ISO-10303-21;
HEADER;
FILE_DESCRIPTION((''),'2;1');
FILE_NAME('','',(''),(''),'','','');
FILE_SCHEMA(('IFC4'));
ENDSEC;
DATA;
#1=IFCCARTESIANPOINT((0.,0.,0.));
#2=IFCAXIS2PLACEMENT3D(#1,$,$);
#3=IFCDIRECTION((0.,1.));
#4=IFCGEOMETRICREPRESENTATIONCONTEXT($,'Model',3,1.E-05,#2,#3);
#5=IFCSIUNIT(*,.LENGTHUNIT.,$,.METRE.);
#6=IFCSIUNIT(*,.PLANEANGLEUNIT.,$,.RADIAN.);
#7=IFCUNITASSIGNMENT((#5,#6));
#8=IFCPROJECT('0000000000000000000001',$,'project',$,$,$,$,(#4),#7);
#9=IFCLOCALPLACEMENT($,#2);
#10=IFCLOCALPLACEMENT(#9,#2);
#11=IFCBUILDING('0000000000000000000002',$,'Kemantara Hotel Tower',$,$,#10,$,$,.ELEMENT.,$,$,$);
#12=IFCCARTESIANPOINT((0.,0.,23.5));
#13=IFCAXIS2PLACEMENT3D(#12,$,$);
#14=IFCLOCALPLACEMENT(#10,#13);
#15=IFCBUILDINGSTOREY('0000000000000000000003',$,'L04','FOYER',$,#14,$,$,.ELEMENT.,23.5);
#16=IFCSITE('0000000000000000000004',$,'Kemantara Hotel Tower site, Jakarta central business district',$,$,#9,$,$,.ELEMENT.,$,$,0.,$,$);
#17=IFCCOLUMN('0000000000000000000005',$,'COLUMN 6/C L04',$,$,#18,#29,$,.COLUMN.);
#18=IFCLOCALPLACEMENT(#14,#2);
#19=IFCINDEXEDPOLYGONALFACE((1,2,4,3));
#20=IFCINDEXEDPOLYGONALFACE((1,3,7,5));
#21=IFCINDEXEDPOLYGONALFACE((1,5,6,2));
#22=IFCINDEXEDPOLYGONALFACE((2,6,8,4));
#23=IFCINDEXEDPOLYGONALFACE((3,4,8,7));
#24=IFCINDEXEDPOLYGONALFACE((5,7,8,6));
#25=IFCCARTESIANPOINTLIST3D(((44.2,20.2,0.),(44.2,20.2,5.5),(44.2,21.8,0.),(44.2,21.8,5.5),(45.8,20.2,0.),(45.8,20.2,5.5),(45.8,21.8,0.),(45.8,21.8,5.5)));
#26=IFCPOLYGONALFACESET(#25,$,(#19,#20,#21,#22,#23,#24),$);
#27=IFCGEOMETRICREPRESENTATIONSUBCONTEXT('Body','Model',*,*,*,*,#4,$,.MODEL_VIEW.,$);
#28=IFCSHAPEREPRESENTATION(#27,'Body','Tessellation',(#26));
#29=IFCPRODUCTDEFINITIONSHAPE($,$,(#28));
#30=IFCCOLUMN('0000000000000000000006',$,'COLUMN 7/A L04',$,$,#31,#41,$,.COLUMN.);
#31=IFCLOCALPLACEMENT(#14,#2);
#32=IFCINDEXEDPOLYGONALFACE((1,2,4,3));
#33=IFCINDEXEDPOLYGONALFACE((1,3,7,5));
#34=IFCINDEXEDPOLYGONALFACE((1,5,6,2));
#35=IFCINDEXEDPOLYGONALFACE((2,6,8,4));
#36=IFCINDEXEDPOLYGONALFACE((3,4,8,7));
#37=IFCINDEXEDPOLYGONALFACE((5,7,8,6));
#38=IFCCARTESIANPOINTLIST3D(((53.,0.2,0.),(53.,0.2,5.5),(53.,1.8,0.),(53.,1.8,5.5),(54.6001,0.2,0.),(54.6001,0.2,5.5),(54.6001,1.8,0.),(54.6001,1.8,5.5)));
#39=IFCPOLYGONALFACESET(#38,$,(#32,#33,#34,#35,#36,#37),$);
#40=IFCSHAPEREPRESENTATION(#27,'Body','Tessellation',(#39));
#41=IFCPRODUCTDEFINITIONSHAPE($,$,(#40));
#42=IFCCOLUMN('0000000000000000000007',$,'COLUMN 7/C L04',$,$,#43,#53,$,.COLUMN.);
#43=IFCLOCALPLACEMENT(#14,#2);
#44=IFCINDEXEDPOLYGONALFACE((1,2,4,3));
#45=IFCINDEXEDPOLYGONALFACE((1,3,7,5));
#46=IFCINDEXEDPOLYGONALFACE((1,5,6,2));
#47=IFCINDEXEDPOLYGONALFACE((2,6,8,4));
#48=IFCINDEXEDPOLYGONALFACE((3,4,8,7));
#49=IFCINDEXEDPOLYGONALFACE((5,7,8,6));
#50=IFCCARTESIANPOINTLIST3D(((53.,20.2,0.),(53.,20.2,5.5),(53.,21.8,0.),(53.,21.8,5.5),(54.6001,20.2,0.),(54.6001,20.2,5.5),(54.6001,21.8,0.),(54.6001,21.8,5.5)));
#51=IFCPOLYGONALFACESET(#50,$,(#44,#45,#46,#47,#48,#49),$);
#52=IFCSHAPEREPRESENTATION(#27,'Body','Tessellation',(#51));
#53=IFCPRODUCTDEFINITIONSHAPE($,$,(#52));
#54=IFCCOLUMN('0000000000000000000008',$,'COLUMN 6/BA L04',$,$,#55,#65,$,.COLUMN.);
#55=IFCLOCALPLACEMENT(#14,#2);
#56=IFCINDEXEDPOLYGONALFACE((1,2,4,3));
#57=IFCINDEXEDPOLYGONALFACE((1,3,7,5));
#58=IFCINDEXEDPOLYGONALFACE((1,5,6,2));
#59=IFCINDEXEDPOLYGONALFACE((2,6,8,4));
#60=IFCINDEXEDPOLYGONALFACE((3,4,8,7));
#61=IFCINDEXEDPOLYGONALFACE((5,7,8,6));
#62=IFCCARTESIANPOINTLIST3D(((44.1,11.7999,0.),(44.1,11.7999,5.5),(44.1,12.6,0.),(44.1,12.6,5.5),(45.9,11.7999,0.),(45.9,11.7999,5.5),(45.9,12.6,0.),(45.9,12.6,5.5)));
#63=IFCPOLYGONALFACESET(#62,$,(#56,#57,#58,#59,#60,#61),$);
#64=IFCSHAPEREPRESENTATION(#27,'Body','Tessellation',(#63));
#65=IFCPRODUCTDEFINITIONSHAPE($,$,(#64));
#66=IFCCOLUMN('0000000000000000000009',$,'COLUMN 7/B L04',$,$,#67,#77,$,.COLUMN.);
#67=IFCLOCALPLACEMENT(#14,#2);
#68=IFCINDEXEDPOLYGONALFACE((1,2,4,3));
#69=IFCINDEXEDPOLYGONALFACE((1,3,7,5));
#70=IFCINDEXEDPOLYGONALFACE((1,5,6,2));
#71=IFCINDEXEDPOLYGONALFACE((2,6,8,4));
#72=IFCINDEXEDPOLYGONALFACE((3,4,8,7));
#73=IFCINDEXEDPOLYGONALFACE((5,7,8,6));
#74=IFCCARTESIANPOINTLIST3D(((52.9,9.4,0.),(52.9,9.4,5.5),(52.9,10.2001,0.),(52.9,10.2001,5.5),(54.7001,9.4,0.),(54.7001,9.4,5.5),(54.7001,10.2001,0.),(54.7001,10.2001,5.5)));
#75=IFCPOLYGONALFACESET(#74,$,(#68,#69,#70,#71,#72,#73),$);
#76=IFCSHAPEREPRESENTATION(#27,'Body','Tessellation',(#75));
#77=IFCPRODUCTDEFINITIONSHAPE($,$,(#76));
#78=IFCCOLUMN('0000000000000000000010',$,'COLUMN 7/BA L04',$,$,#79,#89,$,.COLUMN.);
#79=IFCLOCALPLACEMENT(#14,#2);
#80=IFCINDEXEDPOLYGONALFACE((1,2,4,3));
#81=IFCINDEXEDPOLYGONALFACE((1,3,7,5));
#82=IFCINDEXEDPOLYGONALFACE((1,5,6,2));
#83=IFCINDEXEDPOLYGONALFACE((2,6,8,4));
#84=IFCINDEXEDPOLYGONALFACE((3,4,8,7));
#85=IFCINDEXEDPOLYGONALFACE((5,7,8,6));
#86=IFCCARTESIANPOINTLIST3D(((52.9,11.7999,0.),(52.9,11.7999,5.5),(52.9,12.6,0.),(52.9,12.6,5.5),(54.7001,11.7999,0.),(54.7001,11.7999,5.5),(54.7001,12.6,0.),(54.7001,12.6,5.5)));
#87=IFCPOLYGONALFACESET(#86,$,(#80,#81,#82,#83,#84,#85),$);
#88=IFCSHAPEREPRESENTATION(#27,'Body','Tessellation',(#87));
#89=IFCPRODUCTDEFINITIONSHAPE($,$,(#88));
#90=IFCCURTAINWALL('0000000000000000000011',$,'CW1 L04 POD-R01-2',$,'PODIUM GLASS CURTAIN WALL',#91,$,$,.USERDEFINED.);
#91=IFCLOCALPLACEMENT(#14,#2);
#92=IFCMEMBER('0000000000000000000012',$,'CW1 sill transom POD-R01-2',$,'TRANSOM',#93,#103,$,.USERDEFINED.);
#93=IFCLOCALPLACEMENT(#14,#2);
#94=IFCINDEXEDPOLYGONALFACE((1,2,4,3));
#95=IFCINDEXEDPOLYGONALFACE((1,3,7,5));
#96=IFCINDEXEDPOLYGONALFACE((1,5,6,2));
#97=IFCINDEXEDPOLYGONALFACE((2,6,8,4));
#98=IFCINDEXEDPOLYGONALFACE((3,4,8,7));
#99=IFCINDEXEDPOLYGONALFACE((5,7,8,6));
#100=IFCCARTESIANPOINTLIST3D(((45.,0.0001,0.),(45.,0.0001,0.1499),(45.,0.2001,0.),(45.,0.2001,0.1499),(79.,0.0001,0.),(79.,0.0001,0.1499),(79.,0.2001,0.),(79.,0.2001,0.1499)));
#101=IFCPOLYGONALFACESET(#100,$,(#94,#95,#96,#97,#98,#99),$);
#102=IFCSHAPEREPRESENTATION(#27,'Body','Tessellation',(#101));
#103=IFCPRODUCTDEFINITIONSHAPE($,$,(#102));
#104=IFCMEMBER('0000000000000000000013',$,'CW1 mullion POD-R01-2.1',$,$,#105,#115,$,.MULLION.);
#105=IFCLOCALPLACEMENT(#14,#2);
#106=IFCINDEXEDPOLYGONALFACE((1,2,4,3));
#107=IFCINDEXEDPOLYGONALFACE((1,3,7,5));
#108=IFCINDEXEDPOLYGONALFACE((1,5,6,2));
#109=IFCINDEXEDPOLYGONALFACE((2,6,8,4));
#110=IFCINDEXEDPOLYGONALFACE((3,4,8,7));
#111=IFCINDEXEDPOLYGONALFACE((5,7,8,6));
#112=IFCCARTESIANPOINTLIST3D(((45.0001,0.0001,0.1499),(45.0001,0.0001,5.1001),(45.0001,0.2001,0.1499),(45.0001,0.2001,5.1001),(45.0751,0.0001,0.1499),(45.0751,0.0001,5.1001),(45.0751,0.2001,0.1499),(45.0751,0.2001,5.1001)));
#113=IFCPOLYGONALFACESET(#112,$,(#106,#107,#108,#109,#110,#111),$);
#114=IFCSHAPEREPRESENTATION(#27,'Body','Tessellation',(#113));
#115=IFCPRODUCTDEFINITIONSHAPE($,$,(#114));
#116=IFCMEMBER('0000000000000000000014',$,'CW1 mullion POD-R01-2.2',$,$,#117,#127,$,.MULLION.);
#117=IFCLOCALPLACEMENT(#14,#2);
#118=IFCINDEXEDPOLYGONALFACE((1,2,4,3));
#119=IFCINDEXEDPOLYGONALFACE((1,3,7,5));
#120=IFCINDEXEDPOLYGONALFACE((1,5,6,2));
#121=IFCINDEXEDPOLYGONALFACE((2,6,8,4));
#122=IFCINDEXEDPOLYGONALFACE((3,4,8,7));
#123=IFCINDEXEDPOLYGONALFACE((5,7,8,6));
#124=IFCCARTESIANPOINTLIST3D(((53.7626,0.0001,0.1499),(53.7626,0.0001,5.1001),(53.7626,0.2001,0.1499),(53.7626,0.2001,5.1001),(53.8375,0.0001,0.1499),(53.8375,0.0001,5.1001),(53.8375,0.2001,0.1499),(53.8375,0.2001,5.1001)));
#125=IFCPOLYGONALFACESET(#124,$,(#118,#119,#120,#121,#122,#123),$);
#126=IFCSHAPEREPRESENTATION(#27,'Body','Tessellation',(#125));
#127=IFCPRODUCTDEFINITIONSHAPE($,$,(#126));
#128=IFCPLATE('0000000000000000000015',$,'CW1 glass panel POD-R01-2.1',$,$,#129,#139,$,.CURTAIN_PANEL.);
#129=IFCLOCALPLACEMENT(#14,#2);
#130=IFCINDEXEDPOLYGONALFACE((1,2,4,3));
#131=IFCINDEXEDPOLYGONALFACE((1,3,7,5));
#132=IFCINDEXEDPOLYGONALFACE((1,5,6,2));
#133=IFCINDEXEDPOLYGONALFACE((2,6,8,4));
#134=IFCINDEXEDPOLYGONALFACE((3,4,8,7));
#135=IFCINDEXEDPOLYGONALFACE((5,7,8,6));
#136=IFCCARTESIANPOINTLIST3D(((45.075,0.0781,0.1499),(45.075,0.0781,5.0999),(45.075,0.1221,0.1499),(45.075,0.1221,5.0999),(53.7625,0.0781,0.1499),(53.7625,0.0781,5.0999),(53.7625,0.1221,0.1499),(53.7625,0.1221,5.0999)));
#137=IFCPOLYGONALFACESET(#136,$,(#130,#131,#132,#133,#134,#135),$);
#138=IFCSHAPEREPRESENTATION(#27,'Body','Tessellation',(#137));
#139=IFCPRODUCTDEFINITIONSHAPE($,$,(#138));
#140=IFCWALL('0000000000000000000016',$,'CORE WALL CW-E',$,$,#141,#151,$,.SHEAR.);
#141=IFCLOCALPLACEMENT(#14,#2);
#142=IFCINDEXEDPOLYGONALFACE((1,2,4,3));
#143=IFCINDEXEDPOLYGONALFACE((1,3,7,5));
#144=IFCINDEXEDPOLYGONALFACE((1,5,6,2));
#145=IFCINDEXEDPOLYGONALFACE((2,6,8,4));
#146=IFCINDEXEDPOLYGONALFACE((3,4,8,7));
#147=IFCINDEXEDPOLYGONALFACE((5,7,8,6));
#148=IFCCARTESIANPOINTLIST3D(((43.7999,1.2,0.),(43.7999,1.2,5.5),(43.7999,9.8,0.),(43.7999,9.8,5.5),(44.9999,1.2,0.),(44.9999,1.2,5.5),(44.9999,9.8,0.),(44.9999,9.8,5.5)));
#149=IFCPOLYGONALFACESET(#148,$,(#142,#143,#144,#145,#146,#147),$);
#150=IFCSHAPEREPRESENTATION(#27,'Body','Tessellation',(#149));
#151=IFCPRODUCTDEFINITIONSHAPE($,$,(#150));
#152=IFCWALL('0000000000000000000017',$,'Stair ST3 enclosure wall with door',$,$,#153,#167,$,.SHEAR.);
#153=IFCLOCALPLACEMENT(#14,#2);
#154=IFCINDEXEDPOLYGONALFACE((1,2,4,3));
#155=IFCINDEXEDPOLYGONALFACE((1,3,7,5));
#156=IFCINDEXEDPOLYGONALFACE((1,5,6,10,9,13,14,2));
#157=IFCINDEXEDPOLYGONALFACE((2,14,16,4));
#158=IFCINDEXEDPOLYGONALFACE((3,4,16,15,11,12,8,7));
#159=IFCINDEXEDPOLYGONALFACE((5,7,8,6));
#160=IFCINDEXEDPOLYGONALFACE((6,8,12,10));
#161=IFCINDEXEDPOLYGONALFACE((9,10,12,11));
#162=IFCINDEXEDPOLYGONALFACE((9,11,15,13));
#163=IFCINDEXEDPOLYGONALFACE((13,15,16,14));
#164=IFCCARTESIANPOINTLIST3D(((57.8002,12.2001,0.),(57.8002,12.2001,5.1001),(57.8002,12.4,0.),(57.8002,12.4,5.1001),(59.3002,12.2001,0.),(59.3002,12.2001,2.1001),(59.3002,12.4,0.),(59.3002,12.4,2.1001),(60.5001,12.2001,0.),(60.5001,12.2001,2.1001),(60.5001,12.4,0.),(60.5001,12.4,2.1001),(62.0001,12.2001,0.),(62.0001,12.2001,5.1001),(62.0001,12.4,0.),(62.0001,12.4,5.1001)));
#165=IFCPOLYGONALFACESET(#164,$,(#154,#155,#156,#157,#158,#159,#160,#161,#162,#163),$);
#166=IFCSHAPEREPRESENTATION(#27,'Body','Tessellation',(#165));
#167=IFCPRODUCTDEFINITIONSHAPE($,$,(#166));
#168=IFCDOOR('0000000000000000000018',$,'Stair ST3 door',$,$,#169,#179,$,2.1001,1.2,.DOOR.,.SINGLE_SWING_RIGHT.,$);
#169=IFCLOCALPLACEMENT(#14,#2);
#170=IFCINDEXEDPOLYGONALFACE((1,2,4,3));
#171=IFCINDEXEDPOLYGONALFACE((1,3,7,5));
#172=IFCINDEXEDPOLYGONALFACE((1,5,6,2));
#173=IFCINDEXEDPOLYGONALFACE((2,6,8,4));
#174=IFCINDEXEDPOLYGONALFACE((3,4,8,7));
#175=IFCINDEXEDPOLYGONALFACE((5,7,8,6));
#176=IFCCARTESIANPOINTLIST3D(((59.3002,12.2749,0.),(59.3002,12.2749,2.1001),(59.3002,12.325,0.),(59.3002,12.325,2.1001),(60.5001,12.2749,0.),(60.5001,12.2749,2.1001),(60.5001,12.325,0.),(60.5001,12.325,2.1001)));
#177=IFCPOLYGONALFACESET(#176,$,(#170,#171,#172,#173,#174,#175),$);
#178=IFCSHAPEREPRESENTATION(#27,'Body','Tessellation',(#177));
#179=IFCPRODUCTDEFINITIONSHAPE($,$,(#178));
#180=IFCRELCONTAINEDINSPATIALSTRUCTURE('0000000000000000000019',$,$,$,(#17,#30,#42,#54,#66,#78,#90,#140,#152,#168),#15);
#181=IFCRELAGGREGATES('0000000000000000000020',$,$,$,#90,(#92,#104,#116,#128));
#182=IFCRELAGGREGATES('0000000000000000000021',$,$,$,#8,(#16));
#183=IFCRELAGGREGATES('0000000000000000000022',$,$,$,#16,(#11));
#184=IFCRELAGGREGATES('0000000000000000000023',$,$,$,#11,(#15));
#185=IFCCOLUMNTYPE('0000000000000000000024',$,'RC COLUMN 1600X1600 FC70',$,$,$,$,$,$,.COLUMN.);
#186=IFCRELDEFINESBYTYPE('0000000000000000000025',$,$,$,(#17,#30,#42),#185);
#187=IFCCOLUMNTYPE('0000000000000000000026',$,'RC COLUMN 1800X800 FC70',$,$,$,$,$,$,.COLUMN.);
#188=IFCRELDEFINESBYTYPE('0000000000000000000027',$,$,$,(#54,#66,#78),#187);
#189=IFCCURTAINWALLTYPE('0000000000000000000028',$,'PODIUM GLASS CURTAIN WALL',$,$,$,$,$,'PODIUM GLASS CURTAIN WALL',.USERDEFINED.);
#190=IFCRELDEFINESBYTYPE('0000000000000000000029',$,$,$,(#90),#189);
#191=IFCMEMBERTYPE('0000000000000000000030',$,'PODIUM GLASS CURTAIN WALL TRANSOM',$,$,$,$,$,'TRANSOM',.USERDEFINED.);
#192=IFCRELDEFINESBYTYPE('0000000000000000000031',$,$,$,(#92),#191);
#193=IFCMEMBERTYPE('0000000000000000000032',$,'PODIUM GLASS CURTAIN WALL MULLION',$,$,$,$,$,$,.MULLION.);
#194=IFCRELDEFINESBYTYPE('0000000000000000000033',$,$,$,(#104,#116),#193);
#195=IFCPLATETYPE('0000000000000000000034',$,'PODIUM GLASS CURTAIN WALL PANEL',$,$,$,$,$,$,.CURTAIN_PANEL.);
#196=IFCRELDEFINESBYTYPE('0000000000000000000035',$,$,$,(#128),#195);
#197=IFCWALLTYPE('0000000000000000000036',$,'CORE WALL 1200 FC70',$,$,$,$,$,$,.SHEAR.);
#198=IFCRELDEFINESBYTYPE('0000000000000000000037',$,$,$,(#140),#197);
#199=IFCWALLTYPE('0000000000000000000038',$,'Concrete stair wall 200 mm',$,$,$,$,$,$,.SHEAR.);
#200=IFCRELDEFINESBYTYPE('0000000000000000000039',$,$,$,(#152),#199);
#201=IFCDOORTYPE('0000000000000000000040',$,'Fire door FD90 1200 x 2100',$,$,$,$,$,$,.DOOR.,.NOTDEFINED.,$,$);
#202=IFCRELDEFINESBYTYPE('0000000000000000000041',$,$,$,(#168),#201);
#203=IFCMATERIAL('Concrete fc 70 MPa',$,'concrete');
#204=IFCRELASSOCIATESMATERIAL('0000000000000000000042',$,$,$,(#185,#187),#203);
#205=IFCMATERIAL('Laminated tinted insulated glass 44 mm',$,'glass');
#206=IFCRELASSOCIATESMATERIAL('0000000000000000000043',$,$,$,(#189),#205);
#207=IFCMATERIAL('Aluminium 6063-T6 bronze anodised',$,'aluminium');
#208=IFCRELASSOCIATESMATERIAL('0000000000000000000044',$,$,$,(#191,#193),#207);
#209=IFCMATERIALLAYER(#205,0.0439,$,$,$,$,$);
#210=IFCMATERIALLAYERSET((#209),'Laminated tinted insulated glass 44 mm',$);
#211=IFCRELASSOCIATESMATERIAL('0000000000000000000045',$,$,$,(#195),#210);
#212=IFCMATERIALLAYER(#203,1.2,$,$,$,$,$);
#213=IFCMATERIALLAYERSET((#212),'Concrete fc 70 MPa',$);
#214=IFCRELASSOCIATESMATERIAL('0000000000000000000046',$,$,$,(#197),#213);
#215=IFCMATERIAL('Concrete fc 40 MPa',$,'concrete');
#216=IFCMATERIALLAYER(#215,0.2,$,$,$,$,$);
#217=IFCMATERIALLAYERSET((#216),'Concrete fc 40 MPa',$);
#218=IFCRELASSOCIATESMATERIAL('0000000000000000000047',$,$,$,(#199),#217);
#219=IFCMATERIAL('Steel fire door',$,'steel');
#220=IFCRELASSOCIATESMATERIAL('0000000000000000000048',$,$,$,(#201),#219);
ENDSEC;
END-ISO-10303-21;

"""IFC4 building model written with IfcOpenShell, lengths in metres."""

from ifc_helpers import new_model, si_unit, direction, frame, frame_2d, origin, origin_2d, place, context, subcontext, project, spatial, rectangle, extrude, source, transform, mapped, material, layer, layer_set, material_profile, profile_set, type_object, element, fill, aggregate, save


model = new_model("IFC4")

# Units and contexts
model_context = context("Model", 3, precision=1e-05, world=origin(), true_north=direction((0.0, 1.0)))
body_context = subcontext(model_context, "Body", "Model", "MODEL_VIEW")
ifc_project = project(units=[si_unit("LENGTHUNIT", "METRE"), si_unit("PLANEANGLEUNIT", "RADIAN")], contexts=[model_context])

# Site, building, storey
site_placement = place(None, origin())
site = spatial("IfcSite", under=ifc_project, at=site_placement, Name="Kemantara Hotel Tower site, Jakarta central business district", CompositionType="ELEMENT", RefElevation=0.0)
building_placement = place(site_placement, origin())
building = spatial("IfcBuilding", under=site, at=building_placement, Name="Kemantara Hotel Tower", CompositionType="ELEMENT")
storey_placement = place(building_placement, frame((0.0, 0.0, 23.5)))
storey = spatial("IfcBuildingStorey", under=building, at=storey_placement, Name="L04", Description="FOYER", CompositionType="ELEMENT", Elevation=23.5)

# Columns
ifc_material_1 = material(Name="Concrete fc 70 MPa", Category="concrete")
ifc_material_profile_1 = material_profile(ifc_material_1, rectangle(XDim=1.6001, YDim=1.6001, at=origin_2d()), Name="RC 1600X1600")
ifc_profile_set_1 = profile_set([ifc_material_profile_1], Name="Concrete fc 70 MPa")
column_type_1 = type_object("IfcColumnType", Name="RC COLUMN 1600X1600 FC70", PredefinedType="COLUMN", material=ifc_profile_set_1)
for number, where, z_axis, x_axis, name in (
    (1, (45.0, 21.0, 0.0), (0.0, 0.0, 1.0), (1.0, 0.0, 0.0), "COLUMN 6/C L04"),
    (2, (53.8, 1.0, 0.0), (0.0, 0.0, 1.0), (1.0, 0.0, 0.0), "COLUMN 7/A L04"),
    (3, (53.8, 21.0, 0.0), (0.0, 0.0, 1.0), (1.0, 0.0, 0.0), "COLUMN 7/C L04"),
):
    element("IfcColumn", number, at=place(storey_placement, frame(where, z_axis=z_axis, x_axis=x_axis)), inside=storey, type_object=column_type_1, Name=name, PredefinedType="COLUMN", context=body_context, shape_type="SweptSolid", body=[
        extrude(rectangle(XDim=1.6001, YDim=1.6001, at=origin_2d()), origin(), (0.0, 0.0, 1.0), 5.5),
    ])
ifc_material_profile_2 = material_profile(ifc_material_1, rectangle(XDim=1.8, YDim=0.8, at=origin_2d()), Name="RC 1800X800")
ifc_profile_set_2 = profile_set([ifc_material_profile_2], Name="Concrete fc 70 MPa")
column_type_2 = type_object("IfcColumnType", Name="RC COLUMN 1800X800 FC70", PredefinedType="COLUMN", material=ifc_profile_set_2)
for number, where, z_axis, x_axis, name in (
    (4, (45.0, 12.2, 0.0), (0.0, 0.0, 1.0), (1.0, 0.0, 0.0), "COLUMN 6/BA L04"),
    (5, (53.8, 9.8, 0.0), (0.0, 0.0, 1.0), (1.0, 0.0, 0.0), "COLUMN 7/B L04"),
    (6, (53.8, 12.2, 0.0), (0.0, 0.0, 1.0), (1.0, 0.0, 0.0), "COLUMN 7/BA L04"),
):
    element("IfcColumn", number, at=place(storey_placement, frame(where, z_axis=z_axis, x_axis=x_axis)), inside=storey, type_object=column_type_2, Name=name, PredefinedType="COLUMN", context=body_context, shape_type="SweptSolid", body=[
        extrude(rectangle(XDim=1.8, YDim=0.8, at=origin_2d()), origin(), (0.0, 0.0, 1.0), 5.5),
    ])

# Curtain wall, members, plate
ifc_material_2 = material(Name="Laminated tinted insulated glass 44 mm", Category="glass")
curtain_wall_type = type_object("IfcCurtainWallType", Name="PODIUM GLASS CURTAIN WALL", ElementType="PODIUM GLASS CURTAIN WALL", PredefinedType="USERDEFINED", material=ifc_material_2)
curtain_wall_placement = place(storey_placement, origin())
curtain_wall = element("IfcCurtainWall", 7, at=curtain_wall_placement, inside=storey, type_object=curtain_wall_type, Name="CW1 L04 POD-R01-2", ObjectType="PODIUM GLASS CURTAIN WALL", PredefinedType="USERDEFINED")
ifc_material_3 = material(Name="Aluminium 6063-T6 bronze anodised", Category="aluminium")
ifc_material_profile_3 = material_profile(ifc_material_3, rectangle(XDim=0.2, YDim=0.1499, at=origin_2d()), Name="PODIUM GLASS CURTAIN WALL TRANSOM")
ifc_profile_set_3 = profile_set([ifc_material_profile_3], Name="Aluminium 6063-T6 bronze anodised")
member_type_1 = type_object("IfcMemberType", Name="PODIUM GLASS CURTAIN WALL TRANSOM", ElementType="TRANSOM", PredefinedType="USERDEFINED", material=ifc_profile_set_3)
member_1_placement = place(storey_placement, frame((45.0, 0.1001, 0.075), z_axis=(1.0, 0.0, 0.0), x_axis=(0.0, 1.0, 0.0)))
member_1 = element("IfcMember", 8, at=member_1_placement, type_object=member_type_1, Name="CW1 sill transom POD-R01-2", ObjectType="TRANSOM", PredefinedType="USERDEFINED", context=body_context, shape_type="SweptSolid", body=[
    extrude(rectangle(XDim=0.2, YDim=0.1499, at=origin_2d()), origin(), (0.0, 0.0, 1.0), 34.0),
])
ifc_material_profile_4 = material_profile(ifc_material_3, rectangle(XDim=0.2, YDim=0.075, at=origin_2d()), Name="PODIUM GLASS CURTAIN WALL MULLION")
ifc_profile_set_4 = profile_set([ifc_material_profile_4], Name="Aluminium 6063-T6 bronze anodised")
member_type_2 = type_object("IfcMemberType", Name="PODIUM GLASS CURTAIN WALL MULLION", PredefinedType="MULLION", material=ifc_profile_set_4)
shared_shape_1 = source(origin(), body_context, "Body", "SweptSolid", [
    extrude(rectangle(XDim=0.2, YDim=0.075, at=origin_2d()), origin(), (0.0, 0.0, 1.0), 4.9502),
])
member_2_placement = place(storey_placement, frame((45.0376, 0.1001, 0.1499), z_axis=(0.0, 0.0, 1.0), x_axis=(0.0, 1.0, 0.0)))
member_2 = element("IfcMember", 9, at=member_2_placement, type_object=member_type_2, Name="CW1 mullion POD-R01-2.1", PredefinedType="MULLION", context=body_context, shape_type="MappedRepresentation", body=[
    mapped(shared_shape_1, transform((0.0, 0.0, 0.0))),
])
member_3_placement = place(storey_placement, frame((53.8, 0.1001, 0.1499), z_axis=(0.0, 0.0, 1.0), x_axis=(0.0, 1.0, 0.0)))
member_3 = element("IfcMember", 10, at=member_3_placement, type_object=member_type_2, Name="CW1 mullion POD-R01-2.2", PredefinedType="MULLION", context=body_context, shape_type="MappedRepresentation", body=[
    mapped(shared_shape_1, transform((0.0, 0.0, 0.0))),
])
ifc_layer_1 = layer(ifc_material_2, 0.0439)
ifc_layer_set_1 = layer_set([ifc_layer_1], Name="Laminated tinted insulated glass 44 mm")
plate_type = type_object("IfcPlateType", Name="PODIUM GLASS CURTAIN WALL PANEL", PredefinedType="CURTAIN_PANEL", material=ifc_layer_set_1)
shared_shape_2 = source(origin(), body_context, "Body", "SweptSolid", [
    extrude(rectangle(XDim=8.6875, YDim=0.0439, at=origin_2d()), origin(), (0.0, 0.0, 1.0), 4.95),
])
plate_placement = place(storey_placement, frame((49.4187, 0.1001, 0.1499), z_axis=(0.0, 0.0, 1.0), x_axis=(1.0, 0.0, 0.0)))
plate = element("IfcPlate", 11, at=plate_placement, type_object=plate_type, Name="CW1 glass panel POD-R01-2.1", PredefinedType="CURTAIN_PANEL", context=body_context, shape_type="MappedRepresentation", body=[
    mapped(shared_shape_2, transform((0.0, 0.0, 0.0))),
])
aggregate(curtain_wall, [member_1, member_2, member_3, plate])

# Wall
ifc_layer_2 = layer(ifc_material_1, 1.2)
ifc_layer_set_2 = layer_set([ifc_layer_2], Name="Concrete fc 70 MPa")
wall_type_1 = type_object("IfcWallType", Name="CORE WALL 1200 FC70", PredefinedType="SHEAR", material=ifc_layer_set_2)
wall_1_placement = place(storey_placement, frame((44.3999, 1.2, 0.0), z_axis=(0.0, 0.0, 1.0), x_axis=(0.0, 1.0, 0.0)))
element("IfcWall", 12, at=wall_1_placement, inside=storey, type_object=wall_type_1, Name="CORE WALL CW-E", PredefinedType="SHEAR", context=body_context, shape_type="SweptSolid", body=[
    extrude(rectangle(XDim=8.6001, YDim=1.2, at=frame_2d((4.3, 0.0))), origin(), (0.0, 0.0, 1.0), 5.5),
])

# Wall, opening, door
ifc_material_4 = material(Name="Concrete fc 40 MPa", Category="concrete")
ifc_layer_3 = layer(ifc_material_4, 0.2)
ifc_layer_set_3 = layer_set([ifc_layer_3], Name="Concrete fc 40 MPa")
wall_type_2 = type_object("IfcWallType", Name="Concrete stair wall 200 mm", PredefinedType="SHEAR", material=ifc_layer_set_3)
wall_2_placement = place(storey_placement, frame((57.8, 12.3, 0.0), z_axis=(0.0, 0.0, 1.0), x_axis=(1.0, 0.0, 0.0)))
wall_2 = element("IfcWall", 13, at=wall_2_placement, inside=storey, type_object=wall_type_2, Name="Stair ST3 enclosure wall with door", PredefinedType="SHEAR", context=body_context, shape_type="SweptSolid", body=[
    extrude(rectangle(XDim=4.2, YDim=0.2, at=frame_2d((2.1001, 0.0))), origin(), (0.0, 0.0, 1.0), 5.1001),
])
opening_1_placement = place(wall_2_placement, frame((1.5, 0.0, 0.0)))
opening_1 = element("IfcOpeningElement", 14, at=opening_1_placement, cuts=wall_2, PredefinedType="OPENING", context=body_context, shape_type="SweptSolid", body=[
    extrude(rectangle(XDim=1.2, YDim=2.1001, at=frame_2d((0.6001, 1.05))), frame((0.0, 0.1099, 0.0), z_axis=(0.0, -1.0, 0.0), x_axis=(1.0, 0.0, 0.0)), (0.0, 0.0, 1.0), 0.22),
])
ifc_material_5 = material(Name="Steel fire door", Category="steel")
door_type_1 = type_object("IfcDoorType", Name="Fire door FD90 1200 x 2100", OperationType="NOTDEFINED", PredefinedType="DOOR", material=ifc_material_5)
door_1_placement = place(opening_1_placement, origin())
door_1 = element("IfcDoor", 15, at=door_1_placement, inside=storey, type_object=door_type_1, Name="Stair ST3 door", OperationType="SINGLE_SWING_RIGHT", OverallHeight=2.1001, OverallWidth=1.2, PredefinedType="DOOR", context=body_context, shape_type="SweptSolid", body=[
    extrude(rectangle(XDim=1.2, YDim=2.1001, at=frame_2d((0.6001, 1.05))), frame((0.0, 0.0249, 0.0), z_axis=(0.0, -1.0, 0.0), x_axis=(1.0, 0.0, 0.0)), (0.0, 0.0, 1.0), 0.05),
])
fill(opening_1, door_1)

save(model, "model.ifc")
